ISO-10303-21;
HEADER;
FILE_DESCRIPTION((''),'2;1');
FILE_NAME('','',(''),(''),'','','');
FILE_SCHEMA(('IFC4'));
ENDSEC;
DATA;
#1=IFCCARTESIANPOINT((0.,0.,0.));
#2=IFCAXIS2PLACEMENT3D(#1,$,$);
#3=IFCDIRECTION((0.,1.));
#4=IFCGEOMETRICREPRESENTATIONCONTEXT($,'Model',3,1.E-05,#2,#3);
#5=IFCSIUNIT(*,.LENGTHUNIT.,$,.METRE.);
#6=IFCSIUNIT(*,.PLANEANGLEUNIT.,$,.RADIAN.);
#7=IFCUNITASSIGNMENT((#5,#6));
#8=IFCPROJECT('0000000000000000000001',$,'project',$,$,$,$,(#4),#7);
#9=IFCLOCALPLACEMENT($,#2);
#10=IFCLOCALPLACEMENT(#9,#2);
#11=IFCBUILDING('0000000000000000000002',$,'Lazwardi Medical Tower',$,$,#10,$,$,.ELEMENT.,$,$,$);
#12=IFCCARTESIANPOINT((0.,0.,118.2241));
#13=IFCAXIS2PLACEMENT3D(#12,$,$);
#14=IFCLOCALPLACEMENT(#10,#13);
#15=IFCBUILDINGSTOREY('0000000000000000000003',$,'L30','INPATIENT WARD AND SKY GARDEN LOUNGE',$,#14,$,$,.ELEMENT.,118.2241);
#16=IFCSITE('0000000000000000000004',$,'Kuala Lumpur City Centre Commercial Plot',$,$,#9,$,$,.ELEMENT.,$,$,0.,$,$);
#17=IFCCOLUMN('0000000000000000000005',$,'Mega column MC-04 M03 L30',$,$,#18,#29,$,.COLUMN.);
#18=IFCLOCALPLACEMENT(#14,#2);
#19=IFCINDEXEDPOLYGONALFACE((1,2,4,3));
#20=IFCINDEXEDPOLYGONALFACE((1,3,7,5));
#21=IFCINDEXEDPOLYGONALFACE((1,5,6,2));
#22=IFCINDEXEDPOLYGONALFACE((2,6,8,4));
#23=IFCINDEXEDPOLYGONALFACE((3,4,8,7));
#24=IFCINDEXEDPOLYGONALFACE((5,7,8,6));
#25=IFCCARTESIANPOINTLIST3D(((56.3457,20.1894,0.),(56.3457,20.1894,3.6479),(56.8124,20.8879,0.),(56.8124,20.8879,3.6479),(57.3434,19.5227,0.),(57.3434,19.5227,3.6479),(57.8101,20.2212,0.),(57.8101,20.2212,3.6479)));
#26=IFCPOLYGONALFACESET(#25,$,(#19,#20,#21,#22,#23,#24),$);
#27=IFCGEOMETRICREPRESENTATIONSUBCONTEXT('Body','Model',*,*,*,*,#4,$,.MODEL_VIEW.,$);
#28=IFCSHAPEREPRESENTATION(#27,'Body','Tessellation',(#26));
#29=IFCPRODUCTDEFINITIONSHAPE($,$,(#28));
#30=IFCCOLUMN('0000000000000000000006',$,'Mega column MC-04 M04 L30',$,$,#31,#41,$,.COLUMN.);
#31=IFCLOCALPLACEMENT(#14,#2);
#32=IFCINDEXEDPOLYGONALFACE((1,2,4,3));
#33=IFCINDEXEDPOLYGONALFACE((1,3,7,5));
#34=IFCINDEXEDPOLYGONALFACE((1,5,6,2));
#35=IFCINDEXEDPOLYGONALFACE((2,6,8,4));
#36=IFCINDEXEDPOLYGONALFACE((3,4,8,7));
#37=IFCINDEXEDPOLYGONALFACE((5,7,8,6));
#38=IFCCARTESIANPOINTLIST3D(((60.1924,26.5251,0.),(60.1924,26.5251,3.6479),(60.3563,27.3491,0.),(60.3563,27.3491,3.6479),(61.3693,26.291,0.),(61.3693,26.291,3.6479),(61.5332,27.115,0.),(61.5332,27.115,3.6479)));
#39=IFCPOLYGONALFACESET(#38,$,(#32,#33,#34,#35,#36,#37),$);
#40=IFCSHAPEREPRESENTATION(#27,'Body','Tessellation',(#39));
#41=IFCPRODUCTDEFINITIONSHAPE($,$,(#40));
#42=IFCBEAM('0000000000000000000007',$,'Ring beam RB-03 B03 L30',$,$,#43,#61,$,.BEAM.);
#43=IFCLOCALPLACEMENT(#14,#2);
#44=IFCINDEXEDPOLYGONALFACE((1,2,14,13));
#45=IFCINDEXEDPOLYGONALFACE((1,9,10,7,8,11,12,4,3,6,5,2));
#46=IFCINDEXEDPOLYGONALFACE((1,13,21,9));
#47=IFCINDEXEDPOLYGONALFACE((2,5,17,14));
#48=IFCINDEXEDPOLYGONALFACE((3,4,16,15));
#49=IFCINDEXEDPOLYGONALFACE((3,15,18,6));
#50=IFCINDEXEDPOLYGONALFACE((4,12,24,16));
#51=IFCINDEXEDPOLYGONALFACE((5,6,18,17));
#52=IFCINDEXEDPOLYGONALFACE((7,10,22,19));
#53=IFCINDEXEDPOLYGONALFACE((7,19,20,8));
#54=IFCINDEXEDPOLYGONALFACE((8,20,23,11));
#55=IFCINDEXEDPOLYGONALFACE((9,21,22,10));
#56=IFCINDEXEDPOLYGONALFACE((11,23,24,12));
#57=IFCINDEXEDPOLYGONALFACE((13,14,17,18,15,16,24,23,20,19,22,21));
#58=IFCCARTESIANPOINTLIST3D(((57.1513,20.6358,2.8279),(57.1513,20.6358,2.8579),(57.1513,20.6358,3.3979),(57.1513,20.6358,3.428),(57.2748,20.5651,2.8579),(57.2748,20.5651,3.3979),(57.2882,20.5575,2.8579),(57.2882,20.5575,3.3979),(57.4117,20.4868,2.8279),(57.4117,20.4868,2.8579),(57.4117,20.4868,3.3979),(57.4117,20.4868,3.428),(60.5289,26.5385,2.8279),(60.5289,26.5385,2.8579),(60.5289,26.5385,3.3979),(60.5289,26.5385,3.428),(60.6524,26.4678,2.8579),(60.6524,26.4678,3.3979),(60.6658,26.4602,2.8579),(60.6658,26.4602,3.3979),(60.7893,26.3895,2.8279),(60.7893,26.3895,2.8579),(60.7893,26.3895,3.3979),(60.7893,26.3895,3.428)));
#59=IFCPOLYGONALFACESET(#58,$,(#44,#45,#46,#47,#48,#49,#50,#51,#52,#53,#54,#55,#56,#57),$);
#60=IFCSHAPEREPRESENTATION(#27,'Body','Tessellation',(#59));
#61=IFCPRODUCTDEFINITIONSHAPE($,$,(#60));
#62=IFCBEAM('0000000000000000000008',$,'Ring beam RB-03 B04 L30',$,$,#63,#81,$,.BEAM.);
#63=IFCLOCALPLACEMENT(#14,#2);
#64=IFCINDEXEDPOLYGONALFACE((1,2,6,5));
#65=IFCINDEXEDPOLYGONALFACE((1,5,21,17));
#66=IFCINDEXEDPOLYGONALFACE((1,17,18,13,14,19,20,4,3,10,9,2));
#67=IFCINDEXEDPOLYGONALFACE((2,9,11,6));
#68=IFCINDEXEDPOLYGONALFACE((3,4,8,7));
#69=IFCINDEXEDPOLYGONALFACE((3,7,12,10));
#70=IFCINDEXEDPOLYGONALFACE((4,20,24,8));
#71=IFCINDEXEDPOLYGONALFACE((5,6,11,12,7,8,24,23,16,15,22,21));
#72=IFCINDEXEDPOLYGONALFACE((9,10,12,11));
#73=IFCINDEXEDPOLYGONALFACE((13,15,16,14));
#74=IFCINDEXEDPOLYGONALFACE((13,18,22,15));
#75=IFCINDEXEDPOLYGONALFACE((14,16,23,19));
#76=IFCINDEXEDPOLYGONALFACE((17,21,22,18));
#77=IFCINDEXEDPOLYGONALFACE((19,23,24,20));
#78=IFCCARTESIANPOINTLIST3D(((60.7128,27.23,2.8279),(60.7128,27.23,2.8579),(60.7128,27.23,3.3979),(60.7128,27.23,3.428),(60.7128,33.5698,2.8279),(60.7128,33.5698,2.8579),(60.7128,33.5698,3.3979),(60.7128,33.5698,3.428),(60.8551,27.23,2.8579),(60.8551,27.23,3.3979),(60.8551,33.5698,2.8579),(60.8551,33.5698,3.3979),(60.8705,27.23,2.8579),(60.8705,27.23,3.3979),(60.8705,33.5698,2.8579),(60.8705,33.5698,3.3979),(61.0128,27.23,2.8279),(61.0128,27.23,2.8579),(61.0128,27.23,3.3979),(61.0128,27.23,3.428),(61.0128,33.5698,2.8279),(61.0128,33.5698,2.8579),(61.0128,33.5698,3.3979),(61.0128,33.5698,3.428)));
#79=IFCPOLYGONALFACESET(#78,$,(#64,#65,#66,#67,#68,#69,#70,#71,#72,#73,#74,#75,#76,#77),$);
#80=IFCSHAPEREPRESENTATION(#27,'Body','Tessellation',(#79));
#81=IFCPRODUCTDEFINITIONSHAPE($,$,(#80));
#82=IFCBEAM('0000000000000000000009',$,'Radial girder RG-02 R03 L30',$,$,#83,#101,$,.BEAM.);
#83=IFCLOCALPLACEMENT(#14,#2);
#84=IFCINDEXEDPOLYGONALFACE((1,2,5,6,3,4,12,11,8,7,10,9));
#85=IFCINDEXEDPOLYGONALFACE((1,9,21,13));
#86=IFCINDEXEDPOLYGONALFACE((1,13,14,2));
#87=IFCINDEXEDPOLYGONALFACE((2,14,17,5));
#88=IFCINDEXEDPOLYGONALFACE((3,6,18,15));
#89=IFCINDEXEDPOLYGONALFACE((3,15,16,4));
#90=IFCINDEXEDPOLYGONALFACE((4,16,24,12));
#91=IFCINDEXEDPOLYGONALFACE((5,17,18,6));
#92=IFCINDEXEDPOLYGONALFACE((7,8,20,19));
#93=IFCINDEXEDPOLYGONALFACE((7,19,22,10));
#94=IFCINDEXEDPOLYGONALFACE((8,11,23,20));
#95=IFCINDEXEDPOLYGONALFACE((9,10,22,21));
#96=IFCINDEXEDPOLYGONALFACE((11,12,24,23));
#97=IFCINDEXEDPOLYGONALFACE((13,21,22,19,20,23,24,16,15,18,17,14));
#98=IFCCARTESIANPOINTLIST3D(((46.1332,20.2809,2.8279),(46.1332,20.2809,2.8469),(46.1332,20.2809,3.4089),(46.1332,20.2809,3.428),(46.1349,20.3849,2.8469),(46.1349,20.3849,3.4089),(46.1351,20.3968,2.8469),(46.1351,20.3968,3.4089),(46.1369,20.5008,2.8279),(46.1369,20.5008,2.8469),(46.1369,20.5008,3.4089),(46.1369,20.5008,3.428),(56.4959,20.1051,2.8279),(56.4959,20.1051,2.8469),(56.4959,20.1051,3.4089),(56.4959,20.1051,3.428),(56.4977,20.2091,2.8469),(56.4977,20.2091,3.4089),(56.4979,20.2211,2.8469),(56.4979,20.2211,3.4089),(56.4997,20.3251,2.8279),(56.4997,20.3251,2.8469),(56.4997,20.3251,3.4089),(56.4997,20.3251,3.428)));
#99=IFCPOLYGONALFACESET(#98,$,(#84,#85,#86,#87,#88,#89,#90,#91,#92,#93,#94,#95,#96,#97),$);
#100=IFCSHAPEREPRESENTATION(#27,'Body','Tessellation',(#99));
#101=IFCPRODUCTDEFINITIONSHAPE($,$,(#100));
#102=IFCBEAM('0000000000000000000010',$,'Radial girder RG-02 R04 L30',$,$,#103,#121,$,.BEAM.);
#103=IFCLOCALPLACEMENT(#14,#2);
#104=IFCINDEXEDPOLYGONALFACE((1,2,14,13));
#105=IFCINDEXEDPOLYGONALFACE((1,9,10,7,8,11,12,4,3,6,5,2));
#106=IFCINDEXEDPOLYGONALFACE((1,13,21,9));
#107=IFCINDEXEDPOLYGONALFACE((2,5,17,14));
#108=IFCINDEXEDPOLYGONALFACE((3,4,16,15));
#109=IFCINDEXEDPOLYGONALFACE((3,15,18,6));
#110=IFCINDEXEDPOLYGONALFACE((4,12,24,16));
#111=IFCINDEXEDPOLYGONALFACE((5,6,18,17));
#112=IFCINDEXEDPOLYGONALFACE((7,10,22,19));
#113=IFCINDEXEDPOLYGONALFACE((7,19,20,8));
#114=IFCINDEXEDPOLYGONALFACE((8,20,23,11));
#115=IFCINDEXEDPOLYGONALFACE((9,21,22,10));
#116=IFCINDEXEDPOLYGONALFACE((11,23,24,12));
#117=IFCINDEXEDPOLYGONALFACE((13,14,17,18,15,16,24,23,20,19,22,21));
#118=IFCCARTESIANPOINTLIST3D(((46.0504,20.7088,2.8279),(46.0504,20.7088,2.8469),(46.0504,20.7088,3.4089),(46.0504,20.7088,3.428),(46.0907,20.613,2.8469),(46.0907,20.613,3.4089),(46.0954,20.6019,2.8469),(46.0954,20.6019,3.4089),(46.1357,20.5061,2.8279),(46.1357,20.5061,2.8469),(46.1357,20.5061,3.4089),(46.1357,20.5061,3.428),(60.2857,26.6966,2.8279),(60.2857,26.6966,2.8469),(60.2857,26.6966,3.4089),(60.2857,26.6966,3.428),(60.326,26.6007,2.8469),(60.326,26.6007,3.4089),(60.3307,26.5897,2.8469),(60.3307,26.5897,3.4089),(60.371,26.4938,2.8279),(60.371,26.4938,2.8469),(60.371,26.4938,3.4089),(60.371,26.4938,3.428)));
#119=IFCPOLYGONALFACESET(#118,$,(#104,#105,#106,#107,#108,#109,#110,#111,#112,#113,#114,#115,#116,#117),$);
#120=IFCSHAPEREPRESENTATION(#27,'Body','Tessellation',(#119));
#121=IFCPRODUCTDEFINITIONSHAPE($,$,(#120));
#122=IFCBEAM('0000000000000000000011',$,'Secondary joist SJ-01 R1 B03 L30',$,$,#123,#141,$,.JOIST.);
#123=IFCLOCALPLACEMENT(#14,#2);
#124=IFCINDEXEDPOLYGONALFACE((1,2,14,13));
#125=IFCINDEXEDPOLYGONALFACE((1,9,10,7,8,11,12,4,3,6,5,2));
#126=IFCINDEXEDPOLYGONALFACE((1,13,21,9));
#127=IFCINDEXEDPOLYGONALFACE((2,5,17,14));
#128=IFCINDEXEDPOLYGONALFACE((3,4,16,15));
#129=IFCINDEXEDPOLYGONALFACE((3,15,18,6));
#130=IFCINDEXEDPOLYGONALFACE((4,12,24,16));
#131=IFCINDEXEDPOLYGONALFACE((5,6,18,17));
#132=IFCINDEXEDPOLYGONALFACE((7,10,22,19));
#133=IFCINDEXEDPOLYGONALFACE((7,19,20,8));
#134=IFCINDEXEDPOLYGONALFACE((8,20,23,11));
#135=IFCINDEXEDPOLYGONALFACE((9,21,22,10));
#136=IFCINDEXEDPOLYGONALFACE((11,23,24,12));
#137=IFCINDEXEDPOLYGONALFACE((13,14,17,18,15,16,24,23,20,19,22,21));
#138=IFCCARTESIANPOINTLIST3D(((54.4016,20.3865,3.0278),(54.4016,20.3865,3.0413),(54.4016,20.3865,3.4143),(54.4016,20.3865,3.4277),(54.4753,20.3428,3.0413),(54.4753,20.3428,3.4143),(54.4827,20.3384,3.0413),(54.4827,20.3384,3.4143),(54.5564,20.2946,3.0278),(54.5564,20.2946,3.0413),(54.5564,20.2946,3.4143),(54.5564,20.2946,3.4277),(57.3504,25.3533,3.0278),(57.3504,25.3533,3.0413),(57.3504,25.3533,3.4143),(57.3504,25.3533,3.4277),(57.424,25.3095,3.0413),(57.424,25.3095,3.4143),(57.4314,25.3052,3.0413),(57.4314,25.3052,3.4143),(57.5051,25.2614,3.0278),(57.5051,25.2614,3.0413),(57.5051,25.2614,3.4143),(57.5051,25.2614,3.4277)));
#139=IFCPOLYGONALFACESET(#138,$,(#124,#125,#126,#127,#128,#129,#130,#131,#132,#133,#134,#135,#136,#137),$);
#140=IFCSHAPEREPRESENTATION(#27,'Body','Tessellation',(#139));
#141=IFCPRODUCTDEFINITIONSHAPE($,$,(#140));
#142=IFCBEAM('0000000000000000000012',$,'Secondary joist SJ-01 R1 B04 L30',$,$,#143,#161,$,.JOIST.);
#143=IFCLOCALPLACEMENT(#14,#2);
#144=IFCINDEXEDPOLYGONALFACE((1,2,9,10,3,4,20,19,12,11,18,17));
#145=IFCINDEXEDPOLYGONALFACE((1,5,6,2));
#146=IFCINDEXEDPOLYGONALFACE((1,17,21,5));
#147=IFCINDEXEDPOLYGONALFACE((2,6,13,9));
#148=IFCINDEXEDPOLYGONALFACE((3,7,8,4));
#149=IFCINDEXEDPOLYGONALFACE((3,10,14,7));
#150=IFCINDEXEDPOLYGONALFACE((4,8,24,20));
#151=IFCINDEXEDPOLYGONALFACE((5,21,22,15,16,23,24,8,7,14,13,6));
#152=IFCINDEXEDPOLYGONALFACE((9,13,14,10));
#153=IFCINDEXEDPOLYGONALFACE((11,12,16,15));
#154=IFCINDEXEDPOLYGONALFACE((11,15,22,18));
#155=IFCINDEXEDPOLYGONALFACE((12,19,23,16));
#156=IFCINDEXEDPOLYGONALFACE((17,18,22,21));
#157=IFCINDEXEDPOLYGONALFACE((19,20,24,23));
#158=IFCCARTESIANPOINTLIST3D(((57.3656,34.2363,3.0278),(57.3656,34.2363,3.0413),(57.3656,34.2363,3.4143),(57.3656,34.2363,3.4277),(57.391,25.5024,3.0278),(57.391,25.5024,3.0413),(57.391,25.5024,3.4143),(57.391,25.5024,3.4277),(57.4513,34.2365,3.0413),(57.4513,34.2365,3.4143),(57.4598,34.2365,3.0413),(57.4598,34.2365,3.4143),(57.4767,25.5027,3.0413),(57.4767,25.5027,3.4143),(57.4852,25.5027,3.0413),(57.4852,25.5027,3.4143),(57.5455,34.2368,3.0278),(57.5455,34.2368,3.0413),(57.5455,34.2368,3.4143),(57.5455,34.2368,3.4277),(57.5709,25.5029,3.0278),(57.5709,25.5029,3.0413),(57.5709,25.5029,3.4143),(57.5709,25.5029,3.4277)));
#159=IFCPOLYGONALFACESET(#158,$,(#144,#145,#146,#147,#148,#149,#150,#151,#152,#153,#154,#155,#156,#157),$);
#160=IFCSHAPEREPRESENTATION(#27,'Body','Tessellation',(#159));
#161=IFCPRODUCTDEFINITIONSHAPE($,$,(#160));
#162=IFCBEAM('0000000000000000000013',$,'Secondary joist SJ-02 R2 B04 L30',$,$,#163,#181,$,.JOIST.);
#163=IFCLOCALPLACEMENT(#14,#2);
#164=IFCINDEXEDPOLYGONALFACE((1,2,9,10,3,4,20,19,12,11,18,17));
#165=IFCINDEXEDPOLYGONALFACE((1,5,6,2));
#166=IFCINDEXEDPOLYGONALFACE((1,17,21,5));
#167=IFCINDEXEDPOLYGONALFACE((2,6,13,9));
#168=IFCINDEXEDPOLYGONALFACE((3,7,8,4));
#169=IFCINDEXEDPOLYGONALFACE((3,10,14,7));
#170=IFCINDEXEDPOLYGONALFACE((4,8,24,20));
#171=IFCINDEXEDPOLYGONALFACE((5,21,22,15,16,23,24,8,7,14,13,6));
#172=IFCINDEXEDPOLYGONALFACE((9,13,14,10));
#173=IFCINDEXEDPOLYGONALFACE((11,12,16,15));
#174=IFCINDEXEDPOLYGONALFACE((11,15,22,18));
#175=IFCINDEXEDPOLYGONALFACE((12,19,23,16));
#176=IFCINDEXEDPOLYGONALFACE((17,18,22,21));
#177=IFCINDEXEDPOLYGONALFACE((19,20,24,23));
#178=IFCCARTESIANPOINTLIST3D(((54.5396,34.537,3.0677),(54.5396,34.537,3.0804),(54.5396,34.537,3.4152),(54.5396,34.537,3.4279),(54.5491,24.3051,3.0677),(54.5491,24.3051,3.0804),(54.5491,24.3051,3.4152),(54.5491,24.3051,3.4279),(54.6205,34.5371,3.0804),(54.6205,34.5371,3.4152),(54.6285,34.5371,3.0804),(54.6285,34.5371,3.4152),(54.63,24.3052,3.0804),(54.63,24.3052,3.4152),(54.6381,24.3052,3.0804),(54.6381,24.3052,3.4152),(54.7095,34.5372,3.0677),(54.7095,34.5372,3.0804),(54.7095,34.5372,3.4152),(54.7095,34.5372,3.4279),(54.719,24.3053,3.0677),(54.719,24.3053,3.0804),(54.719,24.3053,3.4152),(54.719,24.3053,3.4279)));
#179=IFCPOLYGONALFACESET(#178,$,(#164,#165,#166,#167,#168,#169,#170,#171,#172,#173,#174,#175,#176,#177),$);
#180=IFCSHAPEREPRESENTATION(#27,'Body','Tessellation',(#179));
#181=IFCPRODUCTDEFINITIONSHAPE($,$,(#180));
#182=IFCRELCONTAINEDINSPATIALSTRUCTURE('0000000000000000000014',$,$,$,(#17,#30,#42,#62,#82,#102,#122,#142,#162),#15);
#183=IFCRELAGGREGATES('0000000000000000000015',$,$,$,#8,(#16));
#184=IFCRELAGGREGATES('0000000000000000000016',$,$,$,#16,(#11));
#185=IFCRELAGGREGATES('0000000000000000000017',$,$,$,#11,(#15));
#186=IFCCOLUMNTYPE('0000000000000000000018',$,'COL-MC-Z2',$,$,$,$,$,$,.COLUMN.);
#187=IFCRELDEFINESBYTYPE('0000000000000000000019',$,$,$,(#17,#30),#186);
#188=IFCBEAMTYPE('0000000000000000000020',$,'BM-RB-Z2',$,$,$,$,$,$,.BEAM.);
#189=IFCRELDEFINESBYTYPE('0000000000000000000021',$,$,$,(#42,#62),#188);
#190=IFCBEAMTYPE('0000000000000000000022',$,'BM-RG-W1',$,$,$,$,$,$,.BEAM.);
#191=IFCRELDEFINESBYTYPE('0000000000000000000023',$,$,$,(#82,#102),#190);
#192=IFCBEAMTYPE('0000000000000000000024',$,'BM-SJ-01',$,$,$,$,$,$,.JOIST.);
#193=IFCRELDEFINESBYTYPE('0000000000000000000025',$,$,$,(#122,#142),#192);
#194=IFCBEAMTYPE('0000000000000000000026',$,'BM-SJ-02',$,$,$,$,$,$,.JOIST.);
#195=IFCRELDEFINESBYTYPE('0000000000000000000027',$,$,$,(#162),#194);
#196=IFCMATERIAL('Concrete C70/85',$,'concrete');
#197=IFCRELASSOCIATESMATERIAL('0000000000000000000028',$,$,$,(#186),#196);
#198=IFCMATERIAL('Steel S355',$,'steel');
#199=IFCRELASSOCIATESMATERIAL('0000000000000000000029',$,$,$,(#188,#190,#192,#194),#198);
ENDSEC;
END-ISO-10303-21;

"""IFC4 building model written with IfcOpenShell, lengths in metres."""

from ifc_helpers import new_model, si_unit, direction, frame, origin, origin_2d, place, context, subcontext, project, spatial, rectangle, i_section, extrude, material, material_profile, profile_set, type_object, element, save


model = new_model("IFC4")

# Units and contexts
model_context = context("Model", 3, precision=1e-05, world=origin(), true_north=direction((0.0, 1.0)))
body_context = subcontext(model_context, "Body", "Model", "MODEL_VIEW")
ifc_project = project(units=[si_unit("LENGTHUNIT", "METRE"), si_unit("PLANEANGLEUNIT", "RADIAN")], contexts=[model_context])

# Site, building, storey
site_placement = place(None, origin())
site = spatial("IfcSite", under=ifc_project, at=site_placement, Name="Kuala Lumpur City Centre Commercial Plot", CompositionType="ELEMENT", RefElevation=0.0)
building_placement = place(site_placement, origin())
building = spatial("IfcBuilding", under=site, at=building_placement, Name="Lazwardi Medical Tower", CompositionType="ELEMENT")
storey_placement = place(building_placement, frame((0.0, 0.0, 118.2241)))
storey = spatial("IfcBuildingStorey", under=building, at=storey_placement, Name="L30", Description="INPATIENT WARD AND SKY GARDEN LOUNGE", CompositionType="ELEMENT", Elevation=118.2241)

# Columns
ifc_material_1 = material(Name="Concrete C70/85", Category="concrete")
ifc_material_profile_1 = material_profile(ifc_material_1, rectangle(XDim=1.2, YDim=0.8401, at=origin_2d()), Name="CFT-RECT 1200x840")
ifc_profile_set_1 = profile_set([ifc_material_profile_1], Name="Concrete C70/85")
column_type = type_object("IfcColumnType", Name="COL-MC-Z2", PredefinedType="COLUMN", material=ifc_profile_set_1)
for number, where, z_axis, x_axis, name in (
    (1, (57.0779, 20.2053, 0.0), (0.0, 0.0, 1.0), (0.83147, -0.55557, 0.0), "Mega column MC-04 M03 L30"),
    (2, (60.8628, 26.8201, 0.0), (0.0, 0.0, 1.0), (0.980785, -0.19509, 0.0), "Mega column MC-04 M04 L30"),
):
    element("IfcColumn", number, at=place(storey_placement, frame(where, z_axis=z_axis, x_axis=x_axis)), inside=storey, type_object=column_type, Name=name, PredefinedType="COLUMN", context=body_context, shape_type="SweptSolid", body=[
        extrude(rectangle(XDim=1.2, YDim=0.8401, at=origin_2d()), origin(), (0.0, 0.0, 1.0), 3.6479),
    ])

# Beams
ifc_material_2 = material(Name="Steel S355", Category="steel")
ifc_material_profile_2 = material_profile(ifc_material_2, i_section(OverallWidth=0.3, OverallDepth=0.6001, WebThickness=0.0154, FlangeThickness=0.03, at=origin_2d()), Name="HEB 600")
ifc_profile_set_2 = profile_set([ifc_material_profile_2], Name="Steel S355")
beam_type_1 = type_object("IfcBeamType", Name="BM-RB-Z2", PredefinedType="BEAM", material=ifc_profile_set_2)
beam_1_placement = place(storey_placement, frame((57.2815, 20.5613, 3.1279), z_axis=(0.496653, 0.867949, 0.0), x_axis=(-0.867949, 0.496653, 0.0)))
element("IfcBeam", 3, at=beam_1_placement, inside=storey, type_object=beam_type_1, Name="Ring beam RB-03 B03 L30", PredefinedType="BEAM", context=body_context, shape_type="SweptSolid", body=[
    extrude(i_section(OverallWidth=0.3, OverallDepth=0.6001, WebThickness=0.0154, FlangeThickness=0.03, at=origin_2d()), origin(), (0.0, 0.0, 1.0), 6.8008),
])
beam_2_placement = place(storey_placement, frame((60.8628, 27.23, 3.1279), z_axis=(0.0, 1.0, 0.0), x_axis=(-1.0, 0.0, 0.0)))
element("IfcBeam", 4, at=beam_2_placement, inside=storey, type_object=beam_type_1, Name="Ring beam RB-03 B04 L30", PredefinedType="BEAM", context=body_context, shape_type="SweptSolid", body=[
    extrude(i_section(OverallWidth=0.3, OverallDepth=0.6001, WebThickness=0.0154, FlangeThickness=0.03, at=origin_2d()), origin(), (0.0, 0.0, 1.0), 6.3398),
])
ifc_material_profile_3 = material_profile(ifc_material_2, i_section(OverallWidth=0.22, OverallDepth=0.6001, WebThickness=0.012, FlangeThickness=0.019, at=origin_2d()), Name="IPE 600")
ifc_profile_set_3 = profile_set([ifc_material_profile_3], Name="Steel S355")
beam_type_2 = type_object("IfcBeamType", Name="BM-RG-W1", PredefinedType="BEAM", material=ifc_profile_set_3)
beam_3_placement = place(storey_placement, frame((56.4978, 20.2151, 3.1279), z_axis=(-0.999856, 0.01696, 0.0), x_axis=(-0.01696, -0.999856, 0.0)))
element("IfcBeam", 5, at=beam_3_placement, inside=storey, type_object=beam_type_2, Name="Radial girder RG-02 R03 L30", PredefinedType="BEAM", context=body_context, shape_type="SweptSolid", body=[
    extrude(i_section(OverallWidth=0.22, OverallDepth=0.6001, WebThickness=0.012, FlangeThickness=0.019, at=origin_2d()), origin(), (0.0, 0.0, 1.0), 10.3643),
])
beam_4_placement = place(storey_placement, frame((60.3284, 26.5952, 3.1279), z_axis=(-0.921775, -0.387725, 0.0), x_axis=(0.387725, -0.921775, 0.0)))
element("IfcBeam", 6, at=beam_4_placement, inside=storey, type_object=beam_type_2, Name="Radial girder RG-02 R04 L30", PredefinedType="BEAM", context=body_context, shape_type="SweptSolid", body=[
    extrude(i_section(OverallWidth=0.22, OverallDepth=0.6001, WebThickness=0.012, FlangeThickness=0.019, at=origin_2d()), origin(), (0.0, 0.0, 1.0), 15.4434),
])
ifc_material_profile_4 = material_profile(ifc_material_2, i_section(OverallWidth=0.1799, OverallDepth=0.3999, WebThickness=0.0085, FlangeThickness=0.0134, at=origin_2d()), Name="IPE 400")
ifc_profile_set_4 = profile_set([ifc_material_profile_4], Name="Steel S355")
beam_type_3 = type_object("IfcBeamType", Name="BM-SJ-01", PredefinedType="JOIST", material=ifc_profile_set_4)
beam_5_placement = place(storey_placement, frame((54.479, 20.3406, 3.2278), z_axis=(0.5105, 0.859878, 0.0), x_axis=(-0.859878, 0.5105, 0.0)))
element("IfcBeam", 7, at=beam_5_placement, inside=storey, type_object=beam_type_3, Name="Secondary joist SJ-01 R1 B03 L30", PredefinedType="JOIST", context=body_context, shape_type="SweptSolid", body=[
    extrude(i_section(OverallWidth=0.1799, OverallDepth=0.3999, WebThickness=0.0085, FlangeThickness=0.0134, at=origin_2d()), origin(), (0.0, 0.0, 1.0), 5.7761),
])
beam_6_placement = place(storey_placement, frame((57.481, 25.5027, 3.2278), z_axis=(-0.002907, 0.999996, 0.0), x_axis=(-0.999996, -0.002907, 0.0)))
element("IfcBeam", 8, at=beam_6_placement, inside=storey, type_object=beam_type_3, Name="Secondary joist SJ-01 R1 B04 L30", PredefinedType="JOIST", context=body_context, shape_type="SweptSolid", body=[
    extrude(i_section(OverallWidth=0.1799, OverallDepth=0.3999, WebThickness=0.0085, FlangeThickness=0.0134, at=origin_2d()), origin(), (0.0, 0.0, 1.0), 8.7339),
])
ifc_material_profile_5 = material_profile(ifc_material_2, i_section(OverallWidth=0.1699, OverallDepth=0.3601, WebThickness=0.0081, FlangeThickness=0.0127, at=origin_2d()), Name="IPE 360")
ifc_profile_set_5 = profile_set([ifc_material_profile_5], Name="Steel S355")
beam_type_4 = type_object("IfcBeamType", Name="BM-SJ-02", PredefinedType="JOIST", material=ifc_profile_set_5)
beam_7_placement = place(storey_placement, frame((54.634, 24.3052, 3.2478), z_axis=(-0.000931, 1.0, 0.0), x_axis=(-1.0, -0.000931, 0.0)))
element("IfcBeam", 9, at=beam_7_placement, inside=storey, type_object=beam_type_4, Name="Secondary joist SJ-02 R2 B04 L30", PredefinedType="JOIST", context=body_context, shape_type="SweptSolid", body=[
    extrude(i_section(OverallWidth=0.1699, OverallDepth=0.3601, WebThickness=0.0081, FlangeThickness=0.0127, at=origin_2d()), origin(), (0.0, 0.0, 1.0), 10.2319),
])

save(model, "model.ifc")
